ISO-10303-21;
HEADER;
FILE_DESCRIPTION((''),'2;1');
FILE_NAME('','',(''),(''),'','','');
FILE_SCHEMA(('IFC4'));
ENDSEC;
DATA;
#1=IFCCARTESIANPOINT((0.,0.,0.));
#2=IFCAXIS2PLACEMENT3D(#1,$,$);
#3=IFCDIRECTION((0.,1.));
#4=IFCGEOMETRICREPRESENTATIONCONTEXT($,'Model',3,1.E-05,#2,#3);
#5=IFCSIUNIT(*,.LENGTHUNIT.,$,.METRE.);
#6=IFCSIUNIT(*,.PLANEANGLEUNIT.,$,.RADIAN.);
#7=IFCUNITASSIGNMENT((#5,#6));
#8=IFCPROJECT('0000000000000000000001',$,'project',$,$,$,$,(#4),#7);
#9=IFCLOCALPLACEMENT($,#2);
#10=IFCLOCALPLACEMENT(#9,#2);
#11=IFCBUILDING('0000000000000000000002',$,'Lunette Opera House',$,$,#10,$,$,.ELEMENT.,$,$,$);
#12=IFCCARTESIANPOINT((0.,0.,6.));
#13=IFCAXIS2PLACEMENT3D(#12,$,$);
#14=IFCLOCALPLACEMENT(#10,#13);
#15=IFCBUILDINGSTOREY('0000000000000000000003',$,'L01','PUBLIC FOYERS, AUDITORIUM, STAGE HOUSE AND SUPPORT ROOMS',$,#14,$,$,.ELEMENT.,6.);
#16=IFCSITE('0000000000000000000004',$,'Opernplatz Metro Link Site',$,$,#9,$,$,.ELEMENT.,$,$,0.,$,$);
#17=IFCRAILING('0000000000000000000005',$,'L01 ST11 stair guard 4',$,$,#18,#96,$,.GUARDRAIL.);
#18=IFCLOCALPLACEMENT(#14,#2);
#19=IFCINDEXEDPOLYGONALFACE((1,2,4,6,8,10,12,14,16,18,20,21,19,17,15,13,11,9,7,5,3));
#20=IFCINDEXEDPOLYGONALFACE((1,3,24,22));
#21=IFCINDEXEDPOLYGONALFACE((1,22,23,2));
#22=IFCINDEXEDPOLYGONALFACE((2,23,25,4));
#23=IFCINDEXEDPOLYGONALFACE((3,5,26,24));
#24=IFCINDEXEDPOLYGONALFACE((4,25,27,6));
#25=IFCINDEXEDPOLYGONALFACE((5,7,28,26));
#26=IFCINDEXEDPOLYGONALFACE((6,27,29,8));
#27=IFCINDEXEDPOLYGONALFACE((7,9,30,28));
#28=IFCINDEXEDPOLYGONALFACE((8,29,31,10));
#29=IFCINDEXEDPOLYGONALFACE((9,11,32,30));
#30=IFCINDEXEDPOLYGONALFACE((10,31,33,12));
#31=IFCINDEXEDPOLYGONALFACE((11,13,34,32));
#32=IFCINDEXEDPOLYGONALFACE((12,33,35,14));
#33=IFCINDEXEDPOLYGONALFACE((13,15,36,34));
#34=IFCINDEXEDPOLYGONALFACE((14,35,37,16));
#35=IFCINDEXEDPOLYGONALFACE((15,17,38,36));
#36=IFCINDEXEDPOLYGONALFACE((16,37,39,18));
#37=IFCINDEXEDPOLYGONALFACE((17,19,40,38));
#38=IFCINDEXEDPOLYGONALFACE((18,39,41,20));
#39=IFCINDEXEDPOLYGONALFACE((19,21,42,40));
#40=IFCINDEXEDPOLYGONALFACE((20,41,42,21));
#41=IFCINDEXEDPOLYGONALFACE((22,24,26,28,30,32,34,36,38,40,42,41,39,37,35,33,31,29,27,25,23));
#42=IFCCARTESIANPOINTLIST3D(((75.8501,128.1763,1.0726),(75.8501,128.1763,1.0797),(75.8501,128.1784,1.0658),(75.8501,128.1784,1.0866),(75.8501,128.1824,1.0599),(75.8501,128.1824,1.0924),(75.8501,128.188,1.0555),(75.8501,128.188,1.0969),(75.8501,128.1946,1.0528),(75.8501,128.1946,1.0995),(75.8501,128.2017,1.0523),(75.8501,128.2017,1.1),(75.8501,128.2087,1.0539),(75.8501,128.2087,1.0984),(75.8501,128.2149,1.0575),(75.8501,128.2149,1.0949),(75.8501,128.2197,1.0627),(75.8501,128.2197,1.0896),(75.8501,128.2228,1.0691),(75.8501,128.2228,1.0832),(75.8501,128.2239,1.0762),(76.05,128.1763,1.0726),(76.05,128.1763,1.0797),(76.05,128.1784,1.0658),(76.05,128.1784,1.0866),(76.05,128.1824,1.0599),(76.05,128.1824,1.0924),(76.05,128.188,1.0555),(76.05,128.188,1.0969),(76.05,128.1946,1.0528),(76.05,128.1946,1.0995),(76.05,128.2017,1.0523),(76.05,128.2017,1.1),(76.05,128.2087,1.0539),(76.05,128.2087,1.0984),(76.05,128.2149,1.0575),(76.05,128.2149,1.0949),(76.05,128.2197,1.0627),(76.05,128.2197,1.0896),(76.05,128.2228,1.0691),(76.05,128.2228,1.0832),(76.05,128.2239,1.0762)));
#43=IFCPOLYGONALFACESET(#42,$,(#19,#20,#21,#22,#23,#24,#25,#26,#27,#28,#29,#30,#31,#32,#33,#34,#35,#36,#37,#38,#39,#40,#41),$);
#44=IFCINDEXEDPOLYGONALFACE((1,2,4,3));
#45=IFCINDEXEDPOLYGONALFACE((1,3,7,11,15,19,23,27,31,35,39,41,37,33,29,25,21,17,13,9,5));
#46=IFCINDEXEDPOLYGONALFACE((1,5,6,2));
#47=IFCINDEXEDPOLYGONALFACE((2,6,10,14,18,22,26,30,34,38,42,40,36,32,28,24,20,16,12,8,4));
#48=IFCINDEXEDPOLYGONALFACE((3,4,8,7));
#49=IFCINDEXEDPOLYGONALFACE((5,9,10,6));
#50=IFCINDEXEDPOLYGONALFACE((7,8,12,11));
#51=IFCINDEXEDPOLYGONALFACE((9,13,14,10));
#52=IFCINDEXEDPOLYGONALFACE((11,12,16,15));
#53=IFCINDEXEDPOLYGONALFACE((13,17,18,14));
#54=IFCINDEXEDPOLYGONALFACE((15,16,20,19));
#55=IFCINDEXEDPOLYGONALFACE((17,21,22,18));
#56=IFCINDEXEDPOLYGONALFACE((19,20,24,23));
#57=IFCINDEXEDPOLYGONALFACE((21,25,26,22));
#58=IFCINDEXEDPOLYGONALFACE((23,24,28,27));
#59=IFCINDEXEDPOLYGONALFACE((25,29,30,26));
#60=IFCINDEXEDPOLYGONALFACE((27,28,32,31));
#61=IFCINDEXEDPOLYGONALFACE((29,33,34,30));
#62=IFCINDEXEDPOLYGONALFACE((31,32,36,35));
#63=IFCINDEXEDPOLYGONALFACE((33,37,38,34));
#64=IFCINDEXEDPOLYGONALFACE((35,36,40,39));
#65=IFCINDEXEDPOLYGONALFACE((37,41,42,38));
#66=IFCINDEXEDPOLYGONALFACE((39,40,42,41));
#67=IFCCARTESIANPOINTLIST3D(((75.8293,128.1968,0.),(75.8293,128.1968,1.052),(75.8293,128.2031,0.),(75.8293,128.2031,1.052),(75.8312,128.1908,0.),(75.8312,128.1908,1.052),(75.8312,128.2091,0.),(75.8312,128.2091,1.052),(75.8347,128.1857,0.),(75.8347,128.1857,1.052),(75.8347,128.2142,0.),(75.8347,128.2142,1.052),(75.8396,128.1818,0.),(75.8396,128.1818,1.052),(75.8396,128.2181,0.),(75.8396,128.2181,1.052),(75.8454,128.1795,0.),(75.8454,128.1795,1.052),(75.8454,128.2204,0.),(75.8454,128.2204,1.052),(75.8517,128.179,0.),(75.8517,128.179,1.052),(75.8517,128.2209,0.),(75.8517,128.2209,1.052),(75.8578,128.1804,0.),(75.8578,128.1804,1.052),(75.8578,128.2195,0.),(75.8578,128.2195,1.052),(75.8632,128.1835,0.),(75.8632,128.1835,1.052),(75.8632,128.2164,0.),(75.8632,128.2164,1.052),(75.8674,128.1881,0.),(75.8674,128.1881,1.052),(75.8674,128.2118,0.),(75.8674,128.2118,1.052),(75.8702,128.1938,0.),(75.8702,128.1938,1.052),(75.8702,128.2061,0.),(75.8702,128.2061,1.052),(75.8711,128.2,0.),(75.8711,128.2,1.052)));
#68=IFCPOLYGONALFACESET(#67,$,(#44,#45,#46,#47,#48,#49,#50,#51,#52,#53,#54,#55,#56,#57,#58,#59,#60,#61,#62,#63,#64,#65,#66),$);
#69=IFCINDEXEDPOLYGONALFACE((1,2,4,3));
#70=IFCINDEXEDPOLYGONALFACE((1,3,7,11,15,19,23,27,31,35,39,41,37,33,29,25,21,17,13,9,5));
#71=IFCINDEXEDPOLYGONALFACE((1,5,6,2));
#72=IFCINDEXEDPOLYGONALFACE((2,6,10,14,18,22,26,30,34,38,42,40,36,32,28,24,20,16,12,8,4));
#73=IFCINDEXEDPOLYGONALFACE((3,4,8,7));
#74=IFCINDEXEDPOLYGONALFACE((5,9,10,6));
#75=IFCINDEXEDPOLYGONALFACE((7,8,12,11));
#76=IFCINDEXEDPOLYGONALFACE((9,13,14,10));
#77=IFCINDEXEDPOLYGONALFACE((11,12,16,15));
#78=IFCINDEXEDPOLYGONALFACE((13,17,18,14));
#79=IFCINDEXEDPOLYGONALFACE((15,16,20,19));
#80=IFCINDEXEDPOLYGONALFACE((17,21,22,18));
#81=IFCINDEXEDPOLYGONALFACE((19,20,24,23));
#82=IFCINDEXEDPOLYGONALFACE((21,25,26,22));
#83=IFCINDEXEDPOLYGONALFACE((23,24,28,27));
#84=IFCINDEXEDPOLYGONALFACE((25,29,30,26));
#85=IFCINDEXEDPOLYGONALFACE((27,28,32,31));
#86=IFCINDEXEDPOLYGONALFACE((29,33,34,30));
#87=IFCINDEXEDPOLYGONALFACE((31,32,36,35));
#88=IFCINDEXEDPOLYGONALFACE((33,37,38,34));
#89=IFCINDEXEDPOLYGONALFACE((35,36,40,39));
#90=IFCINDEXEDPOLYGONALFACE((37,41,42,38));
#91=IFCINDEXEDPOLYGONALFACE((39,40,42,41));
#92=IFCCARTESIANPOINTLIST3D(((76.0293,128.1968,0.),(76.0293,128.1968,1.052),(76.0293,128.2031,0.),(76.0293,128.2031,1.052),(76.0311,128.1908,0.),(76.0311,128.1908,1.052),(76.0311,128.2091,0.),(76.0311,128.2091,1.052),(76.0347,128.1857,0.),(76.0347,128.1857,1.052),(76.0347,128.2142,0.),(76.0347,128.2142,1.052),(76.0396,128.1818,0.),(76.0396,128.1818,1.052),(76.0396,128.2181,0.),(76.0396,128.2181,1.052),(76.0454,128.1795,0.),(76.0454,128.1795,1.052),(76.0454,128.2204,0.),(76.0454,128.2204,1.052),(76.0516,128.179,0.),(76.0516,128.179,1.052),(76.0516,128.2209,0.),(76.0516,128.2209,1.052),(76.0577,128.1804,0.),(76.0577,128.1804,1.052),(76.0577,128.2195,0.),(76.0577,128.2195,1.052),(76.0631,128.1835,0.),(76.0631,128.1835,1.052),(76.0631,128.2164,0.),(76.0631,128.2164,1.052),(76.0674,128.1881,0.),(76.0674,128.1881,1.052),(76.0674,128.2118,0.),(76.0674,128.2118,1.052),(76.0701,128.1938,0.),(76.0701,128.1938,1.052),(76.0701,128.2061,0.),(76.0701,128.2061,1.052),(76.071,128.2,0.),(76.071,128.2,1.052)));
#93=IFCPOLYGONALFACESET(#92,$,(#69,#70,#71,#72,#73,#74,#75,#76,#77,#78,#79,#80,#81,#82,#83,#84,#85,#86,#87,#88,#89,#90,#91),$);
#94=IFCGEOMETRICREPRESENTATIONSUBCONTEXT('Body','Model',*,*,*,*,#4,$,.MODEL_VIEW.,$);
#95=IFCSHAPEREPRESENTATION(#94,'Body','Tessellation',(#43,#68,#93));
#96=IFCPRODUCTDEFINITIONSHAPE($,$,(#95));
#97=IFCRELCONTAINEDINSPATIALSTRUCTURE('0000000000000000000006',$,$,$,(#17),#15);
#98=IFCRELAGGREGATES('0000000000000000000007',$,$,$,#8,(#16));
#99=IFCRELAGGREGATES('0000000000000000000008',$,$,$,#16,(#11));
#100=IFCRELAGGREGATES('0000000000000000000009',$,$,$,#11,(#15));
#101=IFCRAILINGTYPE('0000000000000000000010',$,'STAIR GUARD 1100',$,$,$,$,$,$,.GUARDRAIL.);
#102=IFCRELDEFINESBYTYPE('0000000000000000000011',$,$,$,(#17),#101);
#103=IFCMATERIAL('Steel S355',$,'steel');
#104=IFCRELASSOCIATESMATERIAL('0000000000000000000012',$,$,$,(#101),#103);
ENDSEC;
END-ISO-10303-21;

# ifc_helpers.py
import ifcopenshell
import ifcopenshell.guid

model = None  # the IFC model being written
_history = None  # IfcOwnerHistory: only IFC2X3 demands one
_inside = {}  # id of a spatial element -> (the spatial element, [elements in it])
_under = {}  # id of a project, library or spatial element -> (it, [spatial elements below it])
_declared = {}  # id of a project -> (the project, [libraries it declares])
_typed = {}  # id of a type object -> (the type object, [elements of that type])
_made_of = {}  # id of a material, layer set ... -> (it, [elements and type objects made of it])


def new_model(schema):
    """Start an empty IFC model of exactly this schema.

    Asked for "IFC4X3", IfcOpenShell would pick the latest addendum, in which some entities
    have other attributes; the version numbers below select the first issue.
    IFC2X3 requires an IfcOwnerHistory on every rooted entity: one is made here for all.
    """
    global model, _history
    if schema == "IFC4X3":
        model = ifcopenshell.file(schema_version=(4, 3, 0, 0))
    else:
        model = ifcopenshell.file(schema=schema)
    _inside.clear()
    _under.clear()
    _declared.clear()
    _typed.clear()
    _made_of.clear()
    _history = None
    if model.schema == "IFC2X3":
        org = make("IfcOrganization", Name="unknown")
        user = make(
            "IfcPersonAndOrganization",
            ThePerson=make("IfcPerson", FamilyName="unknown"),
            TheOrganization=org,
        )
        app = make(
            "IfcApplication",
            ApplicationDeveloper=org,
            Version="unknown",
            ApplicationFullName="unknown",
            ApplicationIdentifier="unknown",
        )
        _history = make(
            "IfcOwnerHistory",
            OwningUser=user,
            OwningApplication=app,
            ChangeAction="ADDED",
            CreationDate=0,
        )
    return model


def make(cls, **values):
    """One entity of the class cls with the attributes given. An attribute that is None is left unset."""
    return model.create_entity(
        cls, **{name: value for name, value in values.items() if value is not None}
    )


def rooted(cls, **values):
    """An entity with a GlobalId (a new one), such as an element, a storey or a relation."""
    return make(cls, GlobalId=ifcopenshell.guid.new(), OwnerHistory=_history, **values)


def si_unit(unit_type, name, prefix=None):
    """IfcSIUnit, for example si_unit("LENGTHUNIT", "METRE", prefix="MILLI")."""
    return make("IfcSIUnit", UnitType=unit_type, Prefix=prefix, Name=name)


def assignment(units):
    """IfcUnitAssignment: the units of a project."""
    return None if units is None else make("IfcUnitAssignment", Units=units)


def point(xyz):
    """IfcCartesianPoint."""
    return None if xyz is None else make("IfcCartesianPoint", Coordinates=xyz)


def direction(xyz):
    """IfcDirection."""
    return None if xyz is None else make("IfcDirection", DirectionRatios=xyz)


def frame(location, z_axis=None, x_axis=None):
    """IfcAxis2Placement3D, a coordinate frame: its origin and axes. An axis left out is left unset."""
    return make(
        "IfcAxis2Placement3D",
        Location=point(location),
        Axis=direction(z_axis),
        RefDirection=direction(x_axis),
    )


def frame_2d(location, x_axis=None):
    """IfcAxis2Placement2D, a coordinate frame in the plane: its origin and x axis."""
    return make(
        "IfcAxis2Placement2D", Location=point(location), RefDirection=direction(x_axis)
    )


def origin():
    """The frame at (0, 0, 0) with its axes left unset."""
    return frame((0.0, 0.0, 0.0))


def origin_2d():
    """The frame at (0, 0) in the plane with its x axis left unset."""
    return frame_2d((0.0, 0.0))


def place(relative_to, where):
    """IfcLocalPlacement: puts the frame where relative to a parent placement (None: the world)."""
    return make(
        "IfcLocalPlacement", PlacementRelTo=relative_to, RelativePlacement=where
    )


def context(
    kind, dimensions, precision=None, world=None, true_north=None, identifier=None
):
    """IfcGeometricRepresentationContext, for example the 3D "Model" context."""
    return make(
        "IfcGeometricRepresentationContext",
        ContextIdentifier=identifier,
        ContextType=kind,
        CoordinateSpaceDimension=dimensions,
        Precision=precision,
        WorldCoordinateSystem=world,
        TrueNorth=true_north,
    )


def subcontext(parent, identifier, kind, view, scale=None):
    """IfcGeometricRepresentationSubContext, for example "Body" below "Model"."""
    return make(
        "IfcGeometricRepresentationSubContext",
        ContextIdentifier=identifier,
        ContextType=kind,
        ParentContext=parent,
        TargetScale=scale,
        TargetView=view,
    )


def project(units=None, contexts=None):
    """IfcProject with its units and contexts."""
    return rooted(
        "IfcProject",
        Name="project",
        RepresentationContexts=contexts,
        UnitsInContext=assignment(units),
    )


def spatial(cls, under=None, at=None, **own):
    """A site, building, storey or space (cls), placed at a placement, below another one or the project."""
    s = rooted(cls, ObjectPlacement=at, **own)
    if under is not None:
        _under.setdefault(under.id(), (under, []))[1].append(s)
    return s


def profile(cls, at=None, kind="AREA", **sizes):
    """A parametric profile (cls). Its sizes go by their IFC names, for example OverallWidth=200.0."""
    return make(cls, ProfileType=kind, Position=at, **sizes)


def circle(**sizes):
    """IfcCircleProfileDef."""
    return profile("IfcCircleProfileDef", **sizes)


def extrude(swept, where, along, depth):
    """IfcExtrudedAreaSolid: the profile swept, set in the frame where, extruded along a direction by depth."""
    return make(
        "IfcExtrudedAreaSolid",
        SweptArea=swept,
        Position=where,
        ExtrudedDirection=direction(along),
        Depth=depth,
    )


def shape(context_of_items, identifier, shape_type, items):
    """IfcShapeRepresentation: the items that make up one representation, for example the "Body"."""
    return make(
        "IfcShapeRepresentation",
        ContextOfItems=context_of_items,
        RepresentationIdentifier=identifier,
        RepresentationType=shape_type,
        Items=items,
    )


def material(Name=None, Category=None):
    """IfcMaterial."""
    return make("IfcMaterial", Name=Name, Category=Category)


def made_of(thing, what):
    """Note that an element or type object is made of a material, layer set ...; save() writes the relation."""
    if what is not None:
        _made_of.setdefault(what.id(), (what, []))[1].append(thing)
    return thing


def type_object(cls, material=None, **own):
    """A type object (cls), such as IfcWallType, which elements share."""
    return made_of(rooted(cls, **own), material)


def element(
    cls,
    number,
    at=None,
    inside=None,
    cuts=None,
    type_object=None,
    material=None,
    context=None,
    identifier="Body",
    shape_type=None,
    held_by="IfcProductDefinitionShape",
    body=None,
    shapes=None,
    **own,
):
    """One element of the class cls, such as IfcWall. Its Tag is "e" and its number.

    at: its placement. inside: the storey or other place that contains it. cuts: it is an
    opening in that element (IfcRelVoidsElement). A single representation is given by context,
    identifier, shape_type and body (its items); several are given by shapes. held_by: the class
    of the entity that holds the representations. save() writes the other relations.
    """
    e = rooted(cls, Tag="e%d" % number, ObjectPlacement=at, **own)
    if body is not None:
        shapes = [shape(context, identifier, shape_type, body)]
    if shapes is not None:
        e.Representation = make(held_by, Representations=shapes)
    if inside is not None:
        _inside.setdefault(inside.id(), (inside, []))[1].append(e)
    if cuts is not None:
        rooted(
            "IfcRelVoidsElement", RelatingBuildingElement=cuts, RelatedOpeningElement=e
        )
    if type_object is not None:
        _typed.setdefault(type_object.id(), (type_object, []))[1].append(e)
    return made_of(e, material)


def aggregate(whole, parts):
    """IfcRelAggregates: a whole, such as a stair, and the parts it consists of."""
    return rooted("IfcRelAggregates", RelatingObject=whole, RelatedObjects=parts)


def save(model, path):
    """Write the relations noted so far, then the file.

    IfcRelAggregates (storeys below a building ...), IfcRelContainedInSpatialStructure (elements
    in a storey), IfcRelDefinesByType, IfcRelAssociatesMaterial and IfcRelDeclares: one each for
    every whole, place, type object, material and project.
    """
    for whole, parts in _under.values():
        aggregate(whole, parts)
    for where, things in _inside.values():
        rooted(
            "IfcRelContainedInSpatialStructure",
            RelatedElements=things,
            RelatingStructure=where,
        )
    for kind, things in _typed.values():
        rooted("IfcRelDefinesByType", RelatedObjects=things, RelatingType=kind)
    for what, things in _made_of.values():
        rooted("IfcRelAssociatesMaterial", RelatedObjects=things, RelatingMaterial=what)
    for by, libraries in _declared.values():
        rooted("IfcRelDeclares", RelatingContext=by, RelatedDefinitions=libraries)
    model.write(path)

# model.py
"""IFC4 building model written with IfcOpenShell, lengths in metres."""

from ifc_helpers import new_model, si_unit, direction, frame, origin, origin_2d, place, context, subcontext, project, spatial, circle, extrude, material, type_object, element, save


model = new_model("IFC4")

# Units and contexts
model_context = context("Model", 3, precision=1e-05, world=origin(), true_north=direction((0.0, 1.0)))
body_context = subcontext(model_context, "Body", "Model", "MODEL_VIEW")
ifc_project = project(units=[si_unit("LENGTHUNIT", "METRE"), si_unit("PLANEANGLEUNIT", "RADIAN")], contexts=[model_context])

# Site, building, storey
site_placement = place(None, origin())
site = spatial("IfcSite", under=ifc_project, at=site_placement, Name="Opernplatz Metro Link Site", CompositionType="ELEMENT", RefElevation=0.0)
building_placement = place(site_placement, origin())
building = spatial("IfcBuilding", under=site, at=building_placement, Name="Lunette Opera House", CompositionType="ELEMENT")
storey_placement = place(building_placement, frame((0.0, 0.0, 6.0)))
storey = spatial("IfcBuildingStorey", under=building, at=storey_placement, Name="L01", Description="PUBLIC FOYERS, AUDITORIUM, STAGE HOUSE AND SUPPORT ROOMS", CompositionType="ELEMENT", Elevation=6.0)

# Railing
ifc_material_1 = material(Name="Steel S355", Category="steel")
railing_type_1 = type_object("IfcRailingType", Name="STAIR GUARD 1100", PredefinedType="GUARDRAIL", material=ifc_material_1)
railing_1_placement = place(storey_placement, frame((75.8501, 128.2, 0.0)))
element("IfcRailing", 1, at=railing_1_placement, inside=storey, type_object=railing_type_1, Name="L01 ST11 stair guard 4", PredefinedType="GUARDRAIL", context=body_context, shape_type="SweptSolid", body=[
    extrude(circle(Radius=0.0239, at=origin_2d()), frame((0.0, 0.0, 1.0762), z_axis=(1.0, 0.0, 0.0), x_axis=(0.0, 1.0, 0.0)), (0.0, 0.0, 1.0), 0.2),
    extrude(circle(Radius=0.021, at=origin_2d()), origin(), (0.0, 0.0, 1.0), 1.052),
    extrude(circle(Radius=0.021, at=origin_2d()), frame((0.2, 0.0, 0.0)), (0.0, 0.0, 1.0), 1.052),
])

save(model, "model.ifc")
